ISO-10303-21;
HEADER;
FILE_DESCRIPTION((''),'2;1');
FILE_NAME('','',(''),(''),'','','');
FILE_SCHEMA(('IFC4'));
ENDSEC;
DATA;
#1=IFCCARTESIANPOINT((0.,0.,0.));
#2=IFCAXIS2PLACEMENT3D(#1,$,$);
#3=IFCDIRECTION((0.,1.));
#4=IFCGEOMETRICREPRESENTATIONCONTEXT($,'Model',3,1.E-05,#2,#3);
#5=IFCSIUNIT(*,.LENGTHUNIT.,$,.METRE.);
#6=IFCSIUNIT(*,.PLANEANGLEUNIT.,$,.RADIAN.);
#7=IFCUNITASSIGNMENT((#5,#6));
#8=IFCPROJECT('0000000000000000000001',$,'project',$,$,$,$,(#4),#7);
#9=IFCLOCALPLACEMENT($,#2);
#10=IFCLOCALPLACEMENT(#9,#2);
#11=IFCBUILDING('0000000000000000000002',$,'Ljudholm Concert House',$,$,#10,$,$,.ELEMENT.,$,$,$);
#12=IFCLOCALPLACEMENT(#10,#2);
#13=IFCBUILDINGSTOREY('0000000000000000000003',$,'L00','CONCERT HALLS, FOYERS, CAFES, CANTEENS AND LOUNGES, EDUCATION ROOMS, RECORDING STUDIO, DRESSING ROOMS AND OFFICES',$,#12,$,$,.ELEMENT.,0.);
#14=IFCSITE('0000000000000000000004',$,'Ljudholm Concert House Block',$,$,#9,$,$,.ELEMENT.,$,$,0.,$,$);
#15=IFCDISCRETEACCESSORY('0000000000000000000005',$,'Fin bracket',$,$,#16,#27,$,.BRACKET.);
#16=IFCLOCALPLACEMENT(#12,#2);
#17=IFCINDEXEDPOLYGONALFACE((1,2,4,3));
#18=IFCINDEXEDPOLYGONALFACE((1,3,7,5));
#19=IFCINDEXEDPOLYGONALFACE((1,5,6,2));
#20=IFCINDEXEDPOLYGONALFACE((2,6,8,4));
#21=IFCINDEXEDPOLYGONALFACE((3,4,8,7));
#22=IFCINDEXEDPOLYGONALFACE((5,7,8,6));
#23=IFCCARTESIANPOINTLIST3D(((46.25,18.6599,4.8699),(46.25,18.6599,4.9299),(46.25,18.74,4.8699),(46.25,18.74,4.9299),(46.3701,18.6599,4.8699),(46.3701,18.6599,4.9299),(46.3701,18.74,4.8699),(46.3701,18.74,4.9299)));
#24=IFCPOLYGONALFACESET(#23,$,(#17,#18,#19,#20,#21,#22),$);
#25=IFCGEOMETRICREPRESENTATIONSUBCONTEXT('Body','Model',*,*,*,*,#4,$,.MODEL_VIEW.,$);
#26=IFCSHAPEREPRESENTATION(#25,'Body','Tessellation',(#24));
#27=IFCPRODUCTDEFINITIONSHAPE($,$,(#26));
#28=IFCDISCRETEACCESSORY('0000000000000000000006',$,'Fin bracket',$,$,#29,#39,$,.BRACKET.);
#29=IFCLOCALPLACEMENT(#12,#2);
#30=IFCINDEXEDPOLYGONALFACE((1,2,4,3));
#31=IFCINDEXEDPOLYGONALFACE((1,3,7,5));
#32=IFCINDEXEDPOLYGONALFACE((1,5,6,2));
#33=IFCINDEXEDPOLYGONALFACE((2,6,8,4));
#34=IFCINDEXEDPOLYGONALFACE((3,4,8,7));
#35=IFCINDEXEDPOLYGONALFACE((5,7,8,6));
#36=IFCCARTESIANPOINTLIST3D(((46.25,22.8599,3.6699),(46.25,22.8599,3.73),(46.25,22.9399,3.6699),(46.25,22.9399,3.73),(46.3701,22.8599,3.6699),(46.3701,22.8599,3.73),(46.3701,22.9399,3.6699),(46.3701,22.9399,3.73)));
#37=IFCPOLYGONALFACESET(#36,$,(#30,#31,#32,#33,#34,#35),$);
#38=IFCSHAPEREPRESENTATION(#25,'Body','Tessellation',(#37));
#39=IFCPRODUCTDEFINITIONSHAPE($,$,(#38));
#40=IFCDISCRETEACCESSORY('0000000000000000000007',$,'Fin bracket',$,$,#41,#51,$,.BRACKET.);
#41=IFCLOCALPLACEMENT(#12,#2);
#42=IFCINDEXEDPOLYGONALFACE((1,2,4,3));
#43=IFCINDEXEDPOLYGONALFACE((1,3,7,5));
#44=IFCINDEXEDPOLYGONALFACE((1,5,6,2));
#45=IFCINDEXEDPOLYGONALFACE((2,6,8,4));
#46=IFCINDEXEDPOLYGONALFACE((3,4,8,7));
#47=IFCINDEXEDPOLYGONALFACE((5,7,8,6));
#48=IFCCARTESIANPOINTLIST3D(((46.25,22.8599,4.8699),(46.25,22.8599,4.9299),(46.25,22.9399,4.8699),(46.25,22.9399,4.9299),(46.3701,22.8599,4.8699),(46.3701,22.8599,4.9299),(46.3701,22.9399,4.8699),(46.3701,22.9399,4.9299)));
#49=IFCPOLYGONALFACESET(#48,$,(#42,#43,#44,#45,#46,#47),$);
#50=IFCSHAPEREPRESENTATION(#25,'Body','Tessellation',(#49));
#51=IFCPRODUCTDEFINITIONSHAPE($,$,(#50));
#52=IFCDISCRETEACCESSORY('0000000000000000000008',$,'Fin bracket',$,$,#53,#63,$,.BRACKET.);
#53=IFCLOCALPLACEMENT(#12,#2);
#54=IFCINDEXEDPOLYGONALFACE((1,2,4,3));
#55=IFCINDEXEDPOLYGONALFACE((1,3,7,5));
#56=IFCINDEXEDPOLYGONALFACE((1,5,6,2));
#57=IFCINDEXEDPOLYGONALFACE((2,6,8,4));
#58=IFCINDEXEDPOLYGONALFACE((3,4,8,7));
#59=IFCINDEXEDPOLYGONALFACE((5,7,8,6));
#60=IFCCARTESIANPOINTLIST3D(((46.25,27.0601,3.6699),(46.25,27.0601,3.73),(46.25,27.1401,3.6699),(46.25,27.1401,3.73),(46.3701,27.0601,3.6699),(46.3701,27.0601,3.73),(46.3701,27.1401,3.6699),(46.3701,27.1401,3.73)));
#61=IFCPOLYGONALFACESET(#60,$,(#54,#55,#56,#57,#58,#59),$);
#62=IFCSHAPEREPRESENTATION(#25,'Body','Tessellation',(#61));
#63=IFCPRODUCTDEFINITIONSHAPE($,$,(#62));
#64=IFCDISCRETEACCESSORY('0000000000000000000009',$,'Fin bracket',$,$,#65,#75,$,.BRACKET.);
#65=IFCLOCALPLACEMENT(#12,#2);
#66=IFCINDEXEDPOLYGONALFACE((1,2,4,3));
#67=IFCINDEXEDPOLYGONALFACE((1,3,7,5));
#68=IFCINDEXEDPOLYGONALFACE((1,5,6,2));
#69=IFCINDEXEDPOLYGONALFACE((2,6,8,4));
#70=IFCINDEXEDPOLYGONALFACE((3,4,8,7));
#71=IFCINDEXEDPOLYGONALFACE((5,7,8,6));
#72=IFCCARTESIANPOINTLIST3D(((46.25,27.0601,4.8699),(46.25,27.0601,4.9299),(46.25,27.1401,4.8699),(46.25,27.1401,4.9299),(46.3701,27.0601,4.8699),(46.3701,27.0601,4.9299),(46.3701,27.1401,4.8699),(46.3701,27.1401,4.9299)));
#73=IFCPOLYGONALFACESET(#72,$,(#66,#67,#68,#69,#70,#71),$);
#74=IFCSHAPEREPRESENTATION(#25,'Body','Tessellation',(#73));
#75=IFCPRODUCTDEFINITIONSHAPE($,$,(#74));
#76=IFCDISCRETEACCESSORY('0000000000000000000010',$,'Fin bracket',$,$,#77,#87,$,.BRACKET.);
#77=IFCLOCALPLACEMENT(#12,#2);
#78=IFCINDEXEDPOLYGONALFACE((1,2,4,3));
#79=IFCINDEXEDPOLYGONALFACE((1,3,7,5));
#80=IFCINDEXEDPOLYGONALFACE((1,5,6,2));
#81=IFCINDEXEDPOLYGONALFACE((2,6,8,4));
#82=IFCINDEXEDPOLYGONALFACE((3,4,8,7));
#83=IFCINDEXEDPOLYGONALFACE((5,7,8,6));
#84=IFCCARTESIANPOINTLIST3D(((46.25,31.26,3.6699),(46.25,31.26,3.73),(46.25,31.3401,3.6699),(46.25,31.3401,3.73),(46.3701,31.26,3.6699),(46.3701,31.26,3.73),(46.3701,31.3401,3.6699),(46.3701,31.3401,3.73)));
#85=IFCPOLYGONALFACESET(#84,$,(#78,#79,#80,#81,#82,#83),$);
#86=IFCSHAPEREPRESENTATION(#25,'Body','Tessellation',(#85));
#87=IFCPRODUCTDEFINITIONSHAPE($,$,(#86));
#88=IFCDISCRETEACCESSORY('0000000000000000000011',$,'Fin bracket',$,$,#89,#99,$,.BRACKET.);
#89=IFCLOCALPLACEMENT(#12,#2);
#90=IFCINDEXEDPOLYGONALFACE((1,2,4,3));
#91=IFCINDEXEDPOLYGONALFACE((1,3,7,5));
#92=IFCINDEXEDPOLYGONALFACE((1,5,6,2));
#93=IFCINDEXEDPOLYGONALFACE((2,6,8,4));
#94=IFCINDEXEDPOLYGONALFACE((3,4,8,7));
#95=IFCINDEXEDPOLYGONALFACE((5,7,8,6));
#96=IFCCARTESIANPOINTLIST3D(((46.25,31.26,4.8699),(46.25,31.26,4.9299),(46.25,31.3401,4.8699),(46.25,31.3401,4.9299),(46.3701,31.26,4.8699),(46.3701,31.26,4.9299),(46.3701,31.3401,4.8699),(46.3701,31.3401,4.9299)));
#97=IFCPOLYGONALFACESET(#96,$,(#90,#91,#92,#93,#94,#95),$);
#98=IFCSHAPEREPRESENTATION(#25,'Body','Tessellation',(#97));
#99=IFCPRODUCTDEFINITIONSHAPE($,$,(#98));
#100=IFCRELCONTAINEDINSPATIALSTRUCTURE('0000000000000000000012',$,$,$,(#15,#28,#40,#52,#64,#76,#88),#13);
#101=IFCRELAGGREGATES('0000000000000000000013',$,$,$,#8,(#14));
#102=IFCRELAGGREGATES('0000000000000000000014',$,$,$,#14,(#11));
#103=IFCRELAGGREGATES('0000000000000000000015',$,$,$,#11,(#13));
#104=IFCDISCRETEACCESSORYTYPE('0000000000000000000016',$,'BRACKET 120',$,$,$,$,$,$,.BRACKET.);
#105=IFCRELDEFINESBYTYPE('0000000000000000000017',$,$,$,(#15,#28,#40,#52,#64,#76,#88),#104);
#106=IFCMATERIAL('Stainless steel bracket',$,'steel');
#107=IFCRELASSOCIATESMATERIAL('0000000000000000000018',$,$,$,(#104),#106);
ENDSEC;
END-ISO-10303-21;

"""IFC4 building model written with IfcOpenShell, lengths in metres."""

from ifc_helpers import new_model, si_unit, direction, frame, origin, origin_2d, place, context, subcontext, project, spatial, rectangle, extrude, material, type_object, element, save


model = new_model("IFC4")

# Units and contexts
model_context = context("Model", 3, precision=1e-05, world=origin(), true_north=direction((0.0, 1.0)))
body_context = subcontext(model_context, "Body", "Model", "MODEL_VIEW")
ifc_project = project(units=[si_unit("LENGTHUNIT", "METRE"), si_unit("PLANEANGLEUNIT", "RADIAN")], contexts=[model_context])

# Site, building, storey
site_placement = place(None, origin())
site = spatial("IfcSite", under=ifc_project, at=site_placement, Name="Ljudholm Concert House Block", CompositionType="ELEMENT", RefElevation=0.0)
building_placement = place(site_placement, origin())
building = spatial("IfcBuilding", under=site, at=building_placement, Name="Ljudholm Concert House", CompositionType="ELEMENT")
storey_placement = place(building_placement, origin())
storey = spatial("IfcBuildingStorey", under=building, at=storey_placement, Name="L00", Description="CONCERT HALLS, FOYERS, CAFES, CANTEENS AND LOUNGES, EDUCATION ROOMS, RECORDING STUDIO, DRESSING ROOMS AND OFFICES", CompositionType="ELEMENT", Elevation=0.0)

# Discrete accessories
ifc_material_1 = material(Name="Stainless steel bracket", Category="steel")
discrete_accessory_type = type_object("IfcDiscreteAccessoryType", Name="BRACKET 120", PredefinedType="BRACKET", material=ifc_material_1)
for number, where, z_axis, x_axis, name in (
    (1, (46.3101, 18.7, 4.8699), (0.0, 0.0, 1.0), (1.0, 0.0, 0.0), "Fin bracket"),
    (2, (46.3101, 22.8999, 3.6699), (0.0, 0.0, 1.0), (1.0, 0.0, 0.0), "Fin bracket"),
    (3, (46.3101, 22.8999, 4.8699), (0.0, 0.0, 1.0), (1.0, 0.0, 0.0), "Fin bracket"),
    (4, (46.3101, 27.1001, 3.6699), (0.0, 0.0, 1.0), (1.0, 0.0, 0.0), "Fin bracket"),
    (5, (46.3101, 27.1001, 4.8699), (0.0, 0.0, 1.0), (1.0, 0.0, 0.0), "Fin bracket"),
    (6, (46.3101, 31.3, 3.6699), (0.0, 0.0, 1.0), (1.0, 0.0, 0.0), "Fin bracket"),
    (7, (46.3101, 31.3, 4.8699), (0.0, 0.0, 1.0), (1.0, 0.0, 0.0), "Fin bracket"),
):
    element("IfcDiscreteAccessory", number, at=place(storey_placement, frame(where, z_axis=z_axis, x_axis=x_axis)), inside=storey, type_object=discrete_accessory_type, Name=name, PredefinedType="BRACKET", context=body_context, shape_type="SweptSolid", body=[
        extrude(rectangle(XDim=0.1201, YDim=0.0801, at=origin_2d()), origin(), (0.0, 0.0, 1.0), 0.0601),
    ])

save(model, "model.ifc")
